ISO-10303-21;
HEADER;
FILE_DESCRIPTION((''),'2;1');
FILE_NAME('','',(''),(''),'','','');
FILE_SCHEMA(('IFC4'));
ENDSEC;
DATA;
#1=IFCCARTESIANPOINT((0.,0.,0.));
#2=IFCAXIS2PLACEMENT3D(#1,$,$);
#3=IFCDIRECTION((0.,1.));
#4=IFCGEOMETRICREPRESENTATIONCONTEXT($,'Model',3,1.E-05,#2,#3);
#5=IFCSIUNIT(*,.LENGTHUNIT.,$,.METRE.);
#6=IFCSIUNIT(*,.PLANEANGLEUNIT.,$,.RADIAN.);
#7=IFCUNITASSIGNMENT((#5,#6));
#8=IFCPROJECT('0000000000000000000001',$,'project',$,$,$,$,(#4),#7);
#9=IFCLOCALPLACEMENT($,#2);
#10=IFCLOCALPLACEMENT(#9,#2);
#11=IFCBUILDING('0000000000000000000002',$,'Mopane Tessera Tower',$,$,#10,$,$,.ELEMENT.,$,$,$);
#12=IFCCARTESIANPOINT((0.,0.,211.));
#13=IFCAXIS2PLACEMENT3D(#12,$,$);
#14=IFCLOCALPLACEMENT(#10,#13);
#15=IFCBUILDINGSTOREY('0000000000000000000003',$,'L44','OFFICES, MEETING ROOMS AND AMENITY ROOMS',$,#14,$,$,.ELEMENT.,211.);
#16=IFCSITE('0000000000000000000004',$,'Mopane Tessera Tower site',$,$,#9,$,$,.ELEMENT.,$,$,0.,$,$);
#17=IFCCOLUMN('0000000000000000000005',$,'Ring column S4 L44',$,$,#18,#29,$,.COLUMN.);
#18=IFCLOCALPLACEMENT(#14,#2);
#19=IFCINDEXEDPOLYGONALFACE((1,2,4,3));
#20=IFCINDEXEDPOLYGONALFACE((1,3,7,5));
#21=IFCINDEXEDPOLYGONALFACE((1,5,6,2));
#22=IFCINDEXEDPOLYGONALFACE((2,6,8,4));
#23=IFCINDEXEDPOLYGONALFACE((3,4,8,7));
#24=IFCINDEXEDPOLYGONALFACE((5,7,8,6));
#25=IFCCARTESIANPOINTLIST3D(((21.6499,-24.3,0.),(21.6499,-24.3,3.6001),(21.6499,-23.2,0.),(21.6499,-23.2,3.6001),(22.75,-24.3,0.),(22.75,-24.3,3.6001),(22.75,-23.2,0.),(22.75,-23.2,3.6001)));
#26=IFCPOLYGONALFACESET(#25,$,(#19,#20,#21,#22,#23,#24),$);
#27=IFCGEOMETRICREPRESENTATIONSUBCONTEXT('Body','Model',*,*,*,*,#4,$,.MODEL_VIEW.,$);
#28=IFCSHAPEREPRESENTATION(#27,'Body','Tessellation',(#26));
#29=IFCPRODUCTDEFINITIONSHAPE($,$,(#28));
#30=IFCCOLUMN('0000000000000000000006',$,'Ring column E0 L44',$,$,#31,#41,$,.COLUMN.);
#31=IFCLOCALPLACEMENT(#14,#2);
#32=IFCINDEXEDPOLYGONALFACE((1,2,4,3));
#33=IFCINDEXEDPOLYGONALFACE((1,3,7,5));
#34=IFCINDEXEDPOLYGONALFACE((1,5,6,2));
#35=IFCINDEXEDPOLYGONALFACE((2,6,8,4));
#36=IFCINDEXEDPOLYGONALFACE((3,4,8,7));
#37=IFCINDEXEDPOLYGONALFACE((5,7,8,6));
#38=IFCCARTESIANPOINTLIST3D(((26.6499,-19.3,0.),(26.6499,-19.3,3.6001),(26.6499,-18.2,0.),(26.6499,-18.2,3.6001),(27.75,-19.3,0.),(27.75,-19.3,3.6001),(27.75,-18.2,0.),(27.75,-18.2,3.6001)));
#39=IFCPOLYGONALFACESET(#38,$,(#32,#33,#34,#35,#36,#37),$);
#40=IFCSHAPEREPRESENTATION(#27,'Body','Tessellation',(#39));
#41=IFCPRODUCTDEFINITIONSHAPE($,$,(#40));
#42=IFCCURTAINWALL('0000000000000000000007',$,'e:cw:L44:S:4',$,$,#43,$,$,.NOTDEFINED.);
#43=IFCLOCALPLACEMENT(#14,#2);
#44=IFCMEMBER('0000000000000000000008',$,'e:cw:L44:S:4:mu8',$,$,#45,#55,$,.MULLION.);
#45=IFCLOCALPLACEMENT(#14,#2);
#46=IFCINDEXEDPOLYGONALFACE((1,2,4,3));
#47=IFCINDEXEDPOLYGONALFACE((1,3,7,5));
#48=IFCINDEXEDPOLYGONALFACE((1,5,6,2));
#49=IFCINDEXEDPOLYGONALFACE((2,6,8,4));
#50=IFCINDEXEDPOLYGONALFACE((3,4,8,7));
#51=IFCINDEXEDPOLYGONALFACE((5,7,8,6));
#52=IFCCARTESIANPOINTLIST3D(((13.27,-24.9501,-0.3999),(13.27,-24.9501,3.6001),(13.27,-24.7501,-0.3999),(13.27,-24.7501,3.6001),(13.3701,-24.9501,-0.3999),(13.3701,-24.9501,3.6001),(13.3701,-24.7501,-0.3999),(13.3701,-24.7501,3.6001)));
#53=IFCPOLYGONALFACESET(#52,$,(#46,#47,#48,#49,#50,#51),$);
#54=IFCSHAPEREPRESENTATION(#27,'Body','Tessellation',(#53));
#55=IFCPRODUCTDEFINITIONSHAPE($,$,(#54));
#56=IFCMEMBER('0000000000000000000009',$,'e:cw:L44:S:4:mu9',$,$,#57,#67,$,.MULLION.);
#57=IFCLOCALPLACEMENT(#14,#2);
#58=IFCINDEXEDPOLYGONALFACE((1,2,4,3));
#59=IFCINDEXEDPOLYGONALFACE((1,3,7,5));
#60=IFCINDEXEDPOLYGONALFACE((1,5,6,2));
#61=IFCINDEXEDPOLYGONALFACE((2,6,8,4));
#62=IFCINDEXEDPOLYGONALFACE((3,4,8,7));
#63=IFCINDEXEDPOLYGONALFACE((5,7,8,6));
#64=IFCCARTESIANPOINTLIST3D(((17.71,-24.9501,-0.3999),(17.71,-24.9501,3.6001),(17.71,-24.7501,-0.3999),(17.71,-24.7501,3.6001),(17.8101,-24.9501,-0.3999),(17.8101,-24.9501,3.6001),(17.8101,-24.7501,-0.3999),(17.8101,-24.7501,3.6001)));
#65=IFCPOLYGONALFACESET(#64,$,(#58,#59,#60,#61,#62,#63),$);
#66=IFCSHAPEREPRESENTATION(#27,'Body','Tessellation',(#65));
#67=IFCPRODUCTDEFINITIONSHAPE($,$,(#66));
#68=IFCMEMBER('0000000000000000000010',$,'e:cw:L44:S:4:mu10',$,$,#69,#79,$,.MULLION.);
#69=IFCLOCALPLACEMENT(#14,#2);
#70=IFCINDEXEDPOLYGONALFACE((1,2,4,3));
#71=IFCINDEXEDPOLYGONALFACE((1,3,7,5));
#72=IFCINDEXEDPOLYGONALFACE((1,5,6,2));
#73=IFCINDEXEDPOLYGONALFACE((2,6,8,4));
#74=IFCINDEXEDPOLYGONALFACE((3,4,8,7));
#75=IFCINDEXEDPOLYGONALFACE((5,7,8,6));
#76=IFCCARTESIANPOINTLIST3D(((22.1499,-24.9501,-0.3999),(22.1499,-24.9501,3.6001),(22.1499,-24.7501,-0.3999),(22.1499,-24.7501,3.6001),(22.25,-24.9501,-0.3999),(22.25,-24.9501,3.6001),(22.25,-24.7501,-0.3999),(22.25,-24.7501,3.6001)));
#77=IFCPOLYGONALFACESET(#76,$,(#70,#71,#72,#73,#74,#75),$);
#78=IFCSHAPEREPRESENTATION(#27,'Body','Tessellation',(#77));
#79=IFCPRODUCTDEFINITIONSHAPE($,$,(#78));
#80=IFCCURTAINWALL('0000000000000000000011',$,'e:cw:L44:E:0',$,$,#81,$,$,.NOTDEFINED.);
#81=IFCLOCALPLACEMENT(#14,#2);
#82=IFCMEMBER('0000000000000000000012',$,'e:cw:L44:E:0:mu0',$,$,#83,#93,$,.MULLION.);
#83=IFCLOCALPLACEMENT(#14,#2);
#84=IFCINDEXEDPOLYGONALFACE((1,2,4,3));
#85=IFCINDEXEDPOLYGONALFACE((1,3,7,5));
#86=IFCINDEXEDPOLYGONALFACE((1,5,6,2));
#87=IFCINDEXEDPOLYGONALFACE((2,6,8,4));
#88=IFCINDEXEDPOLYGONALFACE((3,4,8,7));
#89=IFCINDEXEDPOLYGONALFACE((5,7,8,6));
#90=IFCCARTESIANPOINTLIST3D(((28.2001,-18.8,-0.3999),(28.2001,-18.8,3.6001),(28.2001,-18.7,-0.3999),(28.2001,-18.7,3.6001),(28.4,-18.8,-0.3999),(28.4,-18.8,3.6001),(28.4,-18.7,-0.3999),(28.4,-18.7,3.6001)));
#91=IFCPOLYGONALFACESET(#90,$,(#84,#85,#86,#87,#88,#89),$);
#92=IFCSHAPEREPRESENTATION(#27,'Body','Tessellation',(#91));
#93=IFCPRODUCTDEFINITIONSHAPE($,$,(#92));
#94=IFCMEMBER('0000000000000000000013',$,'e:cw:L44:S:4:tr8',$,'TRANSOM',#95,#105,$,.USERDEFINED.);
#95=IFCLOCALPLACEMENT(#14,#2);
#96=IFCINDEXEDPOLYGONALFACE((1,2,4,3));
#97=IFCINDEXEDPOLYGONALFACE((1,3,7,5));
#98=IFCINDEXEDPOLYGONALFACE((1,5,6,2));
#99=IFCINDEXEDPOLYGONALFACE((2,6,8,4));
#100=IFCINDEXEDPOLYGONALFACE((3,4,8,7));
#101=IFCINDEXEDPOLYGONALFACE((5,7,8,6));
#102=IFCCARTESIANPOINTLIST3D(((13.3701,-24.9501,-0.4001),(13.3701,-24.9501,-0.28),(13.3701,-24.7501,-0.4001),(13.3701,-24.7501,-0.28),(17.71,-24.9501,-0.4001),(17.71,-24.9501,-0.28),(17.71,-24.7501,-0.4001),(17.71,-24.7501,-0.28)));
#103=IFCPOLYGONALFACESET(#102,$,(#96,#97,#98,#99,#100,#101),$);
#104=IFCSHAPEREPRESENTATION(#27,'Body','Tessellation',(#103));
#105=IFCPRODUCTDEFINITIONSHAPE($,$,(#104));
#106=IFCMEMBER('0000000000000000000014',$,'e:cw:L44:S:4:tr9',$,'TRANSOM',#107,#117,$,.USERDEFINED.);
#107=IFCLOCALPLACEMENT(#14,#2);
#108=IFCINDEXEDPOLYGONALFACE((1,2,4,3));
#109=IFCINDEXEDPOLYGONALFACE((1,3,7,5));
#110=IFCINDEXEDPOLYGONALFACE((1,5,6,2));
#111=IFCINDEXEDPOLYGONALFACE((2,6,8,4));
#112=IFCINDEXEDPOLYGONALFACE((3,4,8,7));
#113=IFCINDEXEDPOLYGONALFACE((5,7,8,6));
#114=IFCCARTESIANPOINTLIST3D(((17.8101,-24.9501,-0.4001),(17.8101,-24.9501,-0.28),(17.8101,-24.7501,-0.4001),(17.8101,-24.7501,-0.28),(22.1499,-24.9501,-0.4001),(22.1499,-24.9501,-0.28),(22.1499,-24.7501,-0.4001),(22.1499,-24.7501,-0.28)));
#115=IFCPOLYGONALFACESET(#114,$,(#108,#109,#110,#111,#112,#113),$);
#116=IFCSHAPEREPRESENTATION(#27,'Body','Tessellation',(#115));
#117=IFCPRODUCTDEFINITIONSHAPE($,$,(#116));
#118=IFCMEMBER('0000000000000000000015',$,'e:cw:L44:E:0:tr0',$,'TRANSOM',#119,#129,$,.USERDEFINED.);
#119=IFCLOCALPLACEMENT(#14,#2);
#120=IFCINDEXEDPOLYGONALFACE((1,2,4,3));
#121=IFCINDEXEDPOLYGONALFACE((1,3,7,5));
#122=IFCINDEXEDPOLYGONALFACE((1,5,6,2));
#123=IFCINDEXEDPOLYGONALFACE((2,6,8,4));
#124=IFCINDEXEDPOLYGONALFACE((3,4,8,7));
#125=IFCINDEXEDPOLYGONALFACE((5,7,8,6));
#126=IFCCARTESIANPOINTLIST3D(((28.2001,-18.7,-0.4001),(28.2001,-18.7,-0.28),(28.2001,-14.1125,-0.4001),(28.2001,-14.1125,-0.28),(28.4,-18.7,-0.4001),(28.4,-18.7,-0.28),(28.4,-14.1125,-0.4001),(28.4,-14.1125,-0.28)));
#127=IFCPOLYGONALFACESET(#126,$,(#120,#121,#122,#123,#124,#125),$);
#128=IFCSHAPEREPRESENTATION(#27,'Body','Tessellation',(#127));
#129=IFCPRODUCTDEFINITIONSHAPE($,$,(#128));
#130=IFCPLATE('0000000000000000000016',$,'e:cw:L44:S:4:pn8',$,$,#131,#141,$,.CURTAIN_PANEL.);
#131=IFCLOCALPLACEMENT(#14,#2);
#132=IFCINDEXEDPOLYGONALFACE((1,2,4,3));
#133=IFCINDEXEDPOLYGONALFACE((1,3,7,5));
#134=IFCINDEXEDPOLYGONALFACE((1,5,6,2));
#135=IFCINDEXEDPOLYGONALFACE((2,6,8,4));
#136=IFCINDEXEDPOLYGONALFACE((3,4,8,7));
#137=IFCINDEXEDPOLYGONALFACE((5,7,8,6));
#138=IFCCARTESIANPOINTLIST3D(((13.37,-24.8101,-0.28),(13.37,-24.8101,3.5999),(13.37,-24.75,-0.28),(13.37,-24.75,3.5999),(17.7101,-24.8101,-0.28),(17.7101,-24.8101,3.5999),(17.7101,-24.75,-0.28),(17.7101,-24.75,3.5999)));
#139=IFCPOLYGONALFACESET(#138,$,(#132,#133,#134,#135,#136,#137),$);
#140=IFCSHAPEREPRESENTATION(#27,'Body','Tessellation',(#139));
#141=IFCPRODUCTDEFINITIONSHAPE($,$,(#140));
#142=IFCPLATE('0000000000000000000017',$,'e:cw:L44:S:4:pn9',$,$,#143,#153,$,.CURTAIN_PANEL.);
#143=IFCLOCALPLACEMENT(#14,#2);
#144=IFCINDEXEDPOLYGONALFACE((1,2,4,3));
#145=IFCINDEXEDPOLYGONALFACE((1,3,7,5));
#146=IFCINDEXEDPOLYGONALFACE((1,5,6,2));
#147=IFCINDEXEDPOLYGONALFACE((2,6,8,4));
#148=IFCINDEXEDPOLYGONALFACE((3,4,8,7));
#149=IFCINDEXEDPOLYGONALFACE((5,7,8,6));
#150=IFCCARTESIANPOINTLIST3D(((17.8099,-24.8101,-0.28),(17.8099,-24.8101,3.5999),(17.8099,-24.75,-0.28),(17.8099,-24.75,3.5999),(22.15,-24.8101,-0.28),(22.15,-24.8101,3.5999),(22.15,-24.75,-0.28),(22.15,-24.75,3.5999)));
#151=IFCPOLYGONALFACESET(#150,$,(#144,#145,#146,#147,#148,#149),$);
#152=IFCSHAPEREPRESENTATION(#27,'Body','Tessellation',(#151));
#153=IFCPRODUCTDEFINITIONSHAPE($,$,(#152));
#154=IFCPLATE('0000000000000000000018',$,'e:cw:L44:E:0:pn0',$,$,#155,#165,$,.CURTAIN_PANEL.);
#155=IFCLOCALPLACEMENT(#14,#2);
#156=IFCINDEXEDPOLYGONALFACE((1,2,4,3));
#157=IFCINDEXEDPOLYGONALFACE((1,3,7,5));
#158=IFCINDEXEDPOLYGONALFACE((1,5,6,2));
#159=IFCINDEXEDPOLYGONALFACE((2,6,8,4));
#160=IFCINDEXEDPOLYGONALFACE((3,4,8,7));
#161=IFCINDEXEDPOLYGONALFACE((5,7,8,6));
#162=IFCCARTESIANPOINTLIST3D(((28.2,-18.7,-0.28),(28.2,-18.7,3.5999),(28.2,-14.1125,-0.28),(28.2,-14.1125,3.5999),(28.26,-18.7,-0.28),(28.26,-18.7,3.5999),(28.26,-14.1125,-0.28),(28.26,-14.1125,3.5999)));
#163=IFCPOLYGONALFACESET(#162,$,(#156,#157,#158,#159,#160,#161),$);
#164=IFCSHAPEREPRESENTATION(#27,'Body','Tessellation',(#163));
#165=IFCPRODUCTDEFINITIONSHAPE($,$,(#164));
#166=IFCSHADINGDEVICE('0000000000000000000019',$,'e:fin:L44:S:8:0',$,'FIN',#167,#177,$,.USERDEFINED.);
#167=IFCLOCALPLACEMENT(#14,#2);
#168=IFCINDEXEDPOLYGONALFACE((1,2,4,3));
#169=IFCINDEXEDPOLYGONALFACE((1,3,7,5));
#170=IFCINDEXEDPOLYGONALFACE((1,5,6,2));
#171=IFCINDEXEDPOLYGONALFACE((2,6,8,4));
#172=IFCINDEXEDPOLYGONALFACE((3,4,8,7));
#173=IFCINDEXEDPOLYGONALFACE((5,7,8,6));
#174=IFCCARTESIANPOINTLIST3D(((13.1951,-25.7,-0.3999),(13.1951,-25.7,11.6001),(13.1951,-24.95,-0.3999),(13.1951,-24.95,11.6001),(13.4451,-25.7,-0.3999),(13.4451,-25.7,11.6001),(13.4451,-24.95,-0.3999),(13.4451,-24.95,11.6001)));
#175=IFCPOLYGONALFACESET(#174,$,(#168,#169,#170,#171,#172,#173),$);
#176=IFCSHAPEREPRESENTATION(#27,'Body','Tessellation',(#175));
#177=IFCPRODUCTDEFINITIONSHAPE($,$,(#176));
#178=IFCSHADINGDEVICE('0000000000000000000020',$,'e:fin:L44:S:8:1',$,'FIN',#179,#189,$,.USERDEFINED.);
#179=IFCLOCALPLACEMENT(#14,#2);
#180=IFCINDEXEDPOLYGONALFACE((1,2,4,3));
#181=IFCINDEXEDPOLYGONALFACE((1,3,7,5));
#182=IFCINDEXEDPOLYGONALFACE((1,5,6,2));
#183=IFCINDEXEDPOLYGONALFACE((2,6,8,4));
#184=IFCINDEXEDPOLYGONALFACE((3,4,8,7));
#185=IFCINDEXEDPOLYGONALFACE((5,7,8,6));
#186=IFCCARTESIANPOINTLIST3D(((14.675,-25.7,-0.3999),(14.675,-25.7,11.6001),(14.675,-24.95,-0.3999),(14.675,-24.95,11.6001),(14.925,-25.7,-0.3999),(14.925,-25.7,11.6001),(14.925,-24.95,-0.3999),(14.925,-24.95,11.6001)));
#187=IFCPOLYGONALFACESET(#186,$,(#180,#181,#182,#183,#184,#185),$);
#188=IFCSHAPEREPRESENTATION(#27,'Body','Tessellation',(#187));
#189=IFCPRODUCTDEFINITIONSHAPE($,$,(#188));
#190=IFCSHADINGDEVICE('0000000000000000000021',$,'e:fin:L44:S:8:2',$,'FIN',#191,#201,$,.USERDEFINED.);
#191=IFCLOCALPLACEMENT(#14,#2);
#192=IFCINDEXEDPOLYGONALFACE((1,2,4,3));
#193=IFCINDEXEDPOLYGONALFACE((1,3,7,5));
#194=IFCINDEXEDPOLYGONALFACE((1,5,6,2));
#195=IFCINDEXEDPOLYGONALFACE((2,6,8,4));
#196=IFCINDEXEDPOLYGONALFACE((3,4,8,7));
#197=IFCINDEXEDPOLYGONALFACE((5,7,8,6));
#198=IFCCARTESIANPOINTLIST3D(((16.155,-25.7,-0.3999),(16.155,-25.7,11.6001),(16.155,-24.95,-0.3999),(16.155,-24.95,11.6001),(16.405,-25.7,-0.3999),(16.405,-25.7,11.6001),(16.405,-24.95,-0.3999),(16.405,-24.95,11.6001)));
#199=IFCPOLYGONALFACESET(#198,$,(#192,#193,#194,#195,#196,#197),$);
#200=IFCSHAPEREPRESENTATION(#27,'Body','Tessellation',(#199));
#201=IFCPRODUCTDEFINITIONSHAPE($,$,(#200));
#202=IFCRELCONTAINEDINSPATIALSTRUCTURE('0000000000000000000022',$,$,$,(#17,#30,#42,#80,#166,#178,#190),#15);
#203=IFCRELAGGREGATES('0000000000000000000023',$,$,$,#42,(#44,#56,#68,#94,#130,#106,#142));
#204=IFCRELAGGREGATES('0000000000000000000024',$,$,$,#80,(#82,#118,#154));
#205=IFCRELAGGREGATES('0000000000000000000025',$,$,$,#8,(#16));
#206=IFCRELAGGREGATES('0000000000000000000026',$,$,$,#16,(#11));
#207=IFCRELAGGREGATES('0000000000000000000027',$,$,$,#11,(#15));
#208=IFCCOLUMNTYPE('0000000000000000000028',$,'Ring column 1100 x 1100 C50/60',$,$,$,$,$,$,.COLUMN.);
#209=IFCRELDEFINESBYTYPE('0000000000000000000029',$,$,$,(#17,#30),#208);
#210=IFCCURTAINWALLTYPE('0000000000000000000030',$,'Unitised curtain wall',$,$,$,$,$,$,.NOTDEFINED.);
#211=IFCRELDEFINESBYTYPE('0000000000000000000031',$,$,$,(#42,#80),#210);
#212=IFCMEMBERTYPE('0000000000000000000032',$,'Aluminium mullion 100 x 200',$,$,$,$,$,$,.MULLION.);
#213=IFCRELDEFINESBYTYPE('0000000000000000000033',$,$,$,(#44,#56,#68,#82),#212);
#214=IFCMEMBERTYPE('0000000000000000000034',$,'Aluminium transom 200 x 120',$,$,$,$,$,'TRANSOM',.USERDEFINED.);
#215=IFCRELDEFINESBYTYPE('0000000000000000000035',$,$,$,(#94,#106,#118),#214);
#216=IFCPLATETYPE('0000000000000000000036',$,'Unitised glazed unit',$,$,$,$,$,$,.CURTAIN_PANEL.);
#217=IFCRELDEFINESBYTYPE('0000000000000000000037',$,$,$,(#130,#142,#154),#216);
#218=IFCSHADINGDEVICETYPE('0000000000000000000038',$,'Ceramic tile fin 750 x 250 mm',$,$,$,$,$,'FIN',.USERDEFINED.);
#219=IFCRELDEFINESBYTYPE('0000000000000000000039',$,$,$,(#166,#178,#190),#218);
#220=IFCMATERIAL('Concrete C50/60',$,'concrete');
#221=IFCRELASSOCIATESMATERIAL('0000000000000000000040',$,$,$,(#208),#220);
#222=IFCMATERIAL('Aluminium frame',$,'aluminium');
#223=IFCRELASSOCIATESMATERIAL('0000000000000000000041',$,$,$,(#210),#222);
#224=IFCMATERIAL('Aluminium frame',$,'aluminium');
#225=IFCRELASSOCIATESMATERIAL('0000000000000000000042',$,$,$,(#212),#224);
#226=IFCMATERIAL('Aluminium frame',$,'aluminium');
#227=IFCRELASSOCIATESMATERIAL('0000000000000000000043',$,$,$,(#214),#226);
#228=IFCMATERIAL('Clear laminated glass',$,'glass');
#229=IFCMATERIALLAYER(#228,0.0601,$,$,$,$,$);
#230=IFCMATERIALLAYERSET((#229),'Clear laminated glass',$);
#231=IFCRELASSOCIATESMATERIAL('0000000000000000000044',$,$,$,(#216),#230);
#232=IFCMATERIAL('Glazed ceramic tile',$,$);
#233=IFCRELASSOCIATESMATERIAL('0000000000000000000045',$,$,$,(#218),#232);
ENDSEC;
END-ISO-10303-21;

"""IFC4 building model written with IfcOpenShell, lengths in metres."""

from ifc_helpers import new_model, si_unit, direction, frame, origin, origin_2d, place, context, subcontext, project, spatial, rectangle, extrude, material, layer, layer_set, material_profile, profile_set, type_object, element, aggregate, save


model = new_model("IFC4")

# Units and contexts
model_context = context("Model", 3, precision=1e-05, world=origin(), true_north=direction((0.0, 1.0)))
body_context = subcontext(model_context, "Body", "Model", "MODEL_VIEW")
ifc_project = project(units=[si_unit("LENGTHUNIT", "METRE"), si_unit("PLANEANGLEUNIT", "RADIAN")], contexts=[model_context])

# Site, building, storey
site_placement = place(None, origin())
site = spatial("IfcSite", under=ifc_project, at=site_placement, Name="Mopane Tessera Tower site", CompositionType="ELEMENT", RefElevation=0.0)
building_placement = place(site_placement, origin())
building = spatial("IfcBuilding", under=site, at=building_placement, Name="Mopane Tessera Tower", CompositionType="ELEMENT")
storey_placement = place(building_placement, frame((0.0, 0.0, 211.0)))
storey = spatial("IfcBuildingStorey", under=building, at=storey_placement, Name="L44", Description="OFFICES, MEETING ROOMS AND AMENITY ROOMS", CompositionType="ELEMENT", Elevation=211.0)

# Columns
ifc_material_1 = material(Name="Concrete C50/60", Category="concrete")
ifc_material_profile_1 = material_profile(ifc_material_1, rectangle(XDim=1.1001, YDim=1.1001, at=origin_2d()))
ifc_profile_set_1 = profile_set([ifc_material_profile_1], Name="Concrete C50/60")
column_type = type_object("IfcColumnType", Name="Ring column 1100 x 1100 C50/60", PredefinedType="COLUMN", material=ifc_profile_set_1)
for number, where, z_axis, x_axis, name in (
    (1, (22.2, -23.75, 0.0), (0.0, 0.0, 1.0), (1.0, 0.0, 0.0), "Ring column S4 L44"),
    (2, (27.2, -18.75, 0.0), (0.0, 0.0, 1.0), (1.0, 0.0, 0.0), "Ring column E0 L44"),
):
    element("IfcColumn", number, at=place(storey_placement, frame(where, z_axis=z_axis, x_axis=x_axis)), inside=storey, type_object=column_type, Name=name, PredefinedType="COLUMN", context=body_context, shape_type="SweptSolid", body=[
        extrude(rectangle(XDim=1.1001, YDim=1.1001, at=origin_2d()), origin(), (0.0, 0.0, 1.0), 3.6001),
    ])

# Curtain wall, members
ifc_material_2 = material(Name="Aluminium frame", Category="aluminium")
curtain_wall_type = type_object("IfcCurtainWallType", Name="Unitised curtain wall", PredefinedType="NOTDEFINED", material=ifc_material_2)
curtain_wall_1_placement = place(storey_placement, origin())
curtain_wall_1 = element("IfcCurtainWall", 3, at=curtain_wall_1_placement, inside=storey, type_object=curtain_wall_type, Name="e:cw:L44:S:4", PredefinedType="NOTDEFINED")
ifc_material_3 = material(Name="Aluminium frame", Category="aluminium")
ifc_material_profile_2 = material_profile(ifc_material_3, rectangle(XDim=0.1001, YDim=0.2, at=origin_2d()))
ifc_profile_set_2 = profile_set([ifc_material_profile_2], Name="Aluminium frame")
member_type_1 = type_object("IfcMemberType", Name="Aluminium mullion 100 x 200", PredefinedType="MULLION", material=ifc_profile_set_2)
member_1_placement = place(storey_placement, frame((13.3201, -24.8501, -0.3999), z_axis=(0.0, 0.0, 1.0), x_axis=(1.0, 0.0, 0.0)))
member_1 = element("IfcMember", 4, at=member_1_placement, type_object=member_type_1, Name="e:cw:L44:S:4:mu8", PredefinedType="MULLION", context=body_context, shape_type="SweptSolid", body=[
    extrude(rectangle(XDim=0.1001, YDim=0.2, at=origin_2d()), origin(), (0.0, 0.0, 1.0), 4.0),
])
member_2_placement = place(storey_placement, frame((17.76, -24.8501, -0.3999), z_axis=(0.0, 0.0, 1.0), x_axis=(1.0, 0.0, 0.0)))
member_2 = element("IfcMember", 5, at=member_2_placement, type_object=member_type_1, Name="e:cw:L44:S:4:mu9", PredefinedType="MULLION", context=body_context, shape_type="SweptSolid", body=[
    extrude(rectangle(XDim=0.1001, YDim=0.2, at=origin_2d()), origin(), (0.0, 0.0, 1.0), 4.0),
])
member_3_placement = place(storey_placement, frame((22.2, -24.8501, -0.3999), z_axis=(0.0, 0.0, 1.0), x_axis=(1.0, 0.0, 0.0)))
member_3 = element("IfcMember", 6, at=member_3_placement, type_object=member_type_1, Name="e:cw:L44:S:4:mu10", PredefinedType="MULLION", context=body_context, shape_type="SweptSolid", body=[
    extrude(rectangle(XDim=0.1001, YDim=0.2, at=origin_2d()), origin(), (0.0, 0.0, 1.0), 4.0),
])

# Curtain wall, member
curtain_wall_2_placement = place(storey_placement, origin())
curtain_wall_2 = element("IfcCurtainWall", 7, at=curtain_wall_2_placement, inside=storey, type_object=curtain_wall_type, Name="e:cw:L44:E:0", PredefinedType="NOTDEFINED")
member_4_placement = place(storey_placement, frame((28.3, -18.75, -0.3999), z_axis=(0.0, 0.0, 1.0), x_axis=(0.0, 1.0, 0.0)))
member_4 = element("IfcMember", 8, at=member_4_placement, type_object=member_type_1, Name="e:cw:L44:E:0:mu0", PredefinedType="MULLION", context=body_context, shape_type="SweptSolid", body=[
    extrude(rectangle(XDim=0.1001, YDim=0.2, at=origin_2d()), origin(), (0.0, 0.0, 1.0), 4.0),
])

# Members
ifc_material_4 = material(Name="Aluminium frame", Category="aluminium")
ifc_material_profile_3 = material_profile(ifc_material_4, rectangle(XDim=0.2, YDim=0.1201, at=origin_2d()))
ifc_profile_set_3 = profile_set([ifc_material_profile_3], Name="Aluminium frame")
member_type_2 = type_object("IfcMemberType", Name="Aluminium transom 200 x 120", ElementType="TRANSOM", PredefinedType="USERDEFINED", material=ifc_profile_set_3)
member_5_placement = place(storey_placement, frame((13.3701, -24.8501, -0.3401), z_axis=(1.0, 0.0, 0.0), x_axis=(0.0, 1.0, 0.0)))
member_5 = element("IfcMember", 9, at=member_5_placement, type_object=member_type_2, Name="e:cw:L44:S:4:tr8", ObjectType="TRANSOM", PredefinedType="USERDEFINED", context=body_context, shape_type="SweptSolid", body=[
    extrude(rectangle(XDim=0.2, YDim=0.1201, at=origin_2d()), origin(), (0.0, 0.0, 1.0), 4.3398),
])
member_6_placement = place(storey_placement, frame((17.8101, -24.8501, -0.3401), z_axis=(1.0, 0.0, 0.0), x_axis=(0.0, 1.0, 0.0)))
member_6 = element("IfcMember", 10, at=member_6_placement, type_object=member_type_2, Name="e:cw:L44:S:4:tr9", ObjectType="TRANSOM", PredefinedType="USERDEFINED", context=body_context, shape_type="SweptSolid", body=[
    extrude(rectangle(XDim=0.2, YDim=0.1201, at=origin_2d()), origin(), (0.0, 0.0, 1.0), 4.3398),
])
member_7_placement = place(storey_placement, frame((28.3, -18.7, -0.3401), z_axis=(0.0, 1.0, 0.0), x_axis=(-1.0, 0.0, 0.0)))
member_7 = element("IfcMember", 11, at=member_7_placement, type_object=member_type_2, Name="e:cw:L44:E:0:tr0", ObjectType="TRANSOM", PredefinedType="USERDEFINED", context=body_context, shape_type="SweptSolid", body=[
    extrude(rectangle(XDim=0.2, YDim=0.1201, at=origin_2d()), origin(), (0.0, 0.0, 1.0), 4.5874),
])

# Plates
ifc_material_5 = material(Name="Clear laminated glass", Category="glass")
ifc_layer = layer(ifc_material_5, 0.0601)
ifc_layer_set = layer_set([ifc_layer], Name="Clear laminated glass")
plate_type = type_object("IfcPlateType", Name="Unitised glazed unit", PredefinedType="CURTAIN_PANEL", material=ifc_layer_set)
plate_1_placement = place(storey_placement, frame((15.54, -24.78, -0.28), z_axis=(0.0, 0.0, 1.0), x_axis=(1.0, 0.0, 0.0)))
plate_1 = element("IfcPlate", 12, at=plate_1_placement, type_object=plate_type, Name="e:cw:L44:S:4:pn8", PredefinedType="CURTAIN_PANEL", context=body_context, shape_type="SweptSolid", body=[
    extrude(rectangle(XDim=4.3401, YDim=0.0601, at=origin_2d()), origin(), (0.0, 0.0, 1.0), 3.8799),
])
plate_2_placement = place(storey_placement, frame((19.98, -24.78, -0.28), z_axis=(0.0, 0.0, 1.0), x_axis=(1.0, 0.0, 0.0)))
plate_2 = element("IfcPlate", 13, at=plate_2_placement, type_object=plate_type, Name="e:cw:L44:S:4:pn9", PredefinedType="CURTAIN_PANEL", context=body_context, shape_type="SweptSolid", body=[
    extrude(rectangle(XDim=4.3401, YDim=0.0601, at=origin_2d()), origin(), (0.0, 0.0, 1.0), 3.8799),
])
aggregate(curtain_wall_1, [member_1, member_2, member_3, member_5, plate_1, member_6, plate_2])
plate_3_placement = place(storey_placement, frame((28.23, -16.4062, -0.28), z_axis=(0.0, 0.0, 1.0), x_axis=(0.0, 1.0, 0.0)))
plate_3 = element("IfcPlate", 14, at=plate_3_placement, type_object=plate_type, Name="e:cw:L44:E:0:pn0", PredefinedType="CURTAIN_PANEL", context=body_context, shape_type="SweptSolid", body=[
    extrude(rectangle(XDim=4.5874, YDim=0.0601, at=origin_2d()), origin(), (0.0, 0.0, 1.0), 3.8799),
])
aggregate(curtain_wall_2, [member_4, member_7, plate_3])

# Shading devices
ifc_material_6 = material(Name="Glazed ceramic tile")
shading_device_type = type_object("IfcShadingDeviceType", Name="Ceramic tile fin 750 x 250 mm", ElementType="FIN", PredefinedType="USERDEFINED", material=ifc_material_6)
for number, where, z_axis, x_axis, name in (
    (15, (13.3201, -25.325, -0.3999), (0.0, 0.0, 1.0), (1.0, 0.0, 0.0), "e:fin:L44:S:8:0"),
    (16, (14.8, -25.325, -0.3999), (0.0, 0.0, 1.0), (1.0, 0.0, 0.0), "e:fin:L44:S:8:1"),
    (17, (16.28, -25.325, -0.3999), (0.0, 0.0, 1.0), (1.0, 0.0, 0.0), "e:fin:L44:S:8:2"),
):
    element("IfcShadingDevice", number, at=place(storey_placement, frame(where, z_axis=z_axis, x_axis=x_axis)), inside=storey, type_object=shading_device_type, Name=name, ObjectType="FIN", PredefinedType="USERDEFINED", context=body_context, shape_type="SweptSolid", body=[
        extrude(rectangle(XDim=0.25, YDim=0.75, at=origin_2d()), origin(), (0.0, 0.0, 1.0), 12.0),
    ])

save(model, "model.ifc")
